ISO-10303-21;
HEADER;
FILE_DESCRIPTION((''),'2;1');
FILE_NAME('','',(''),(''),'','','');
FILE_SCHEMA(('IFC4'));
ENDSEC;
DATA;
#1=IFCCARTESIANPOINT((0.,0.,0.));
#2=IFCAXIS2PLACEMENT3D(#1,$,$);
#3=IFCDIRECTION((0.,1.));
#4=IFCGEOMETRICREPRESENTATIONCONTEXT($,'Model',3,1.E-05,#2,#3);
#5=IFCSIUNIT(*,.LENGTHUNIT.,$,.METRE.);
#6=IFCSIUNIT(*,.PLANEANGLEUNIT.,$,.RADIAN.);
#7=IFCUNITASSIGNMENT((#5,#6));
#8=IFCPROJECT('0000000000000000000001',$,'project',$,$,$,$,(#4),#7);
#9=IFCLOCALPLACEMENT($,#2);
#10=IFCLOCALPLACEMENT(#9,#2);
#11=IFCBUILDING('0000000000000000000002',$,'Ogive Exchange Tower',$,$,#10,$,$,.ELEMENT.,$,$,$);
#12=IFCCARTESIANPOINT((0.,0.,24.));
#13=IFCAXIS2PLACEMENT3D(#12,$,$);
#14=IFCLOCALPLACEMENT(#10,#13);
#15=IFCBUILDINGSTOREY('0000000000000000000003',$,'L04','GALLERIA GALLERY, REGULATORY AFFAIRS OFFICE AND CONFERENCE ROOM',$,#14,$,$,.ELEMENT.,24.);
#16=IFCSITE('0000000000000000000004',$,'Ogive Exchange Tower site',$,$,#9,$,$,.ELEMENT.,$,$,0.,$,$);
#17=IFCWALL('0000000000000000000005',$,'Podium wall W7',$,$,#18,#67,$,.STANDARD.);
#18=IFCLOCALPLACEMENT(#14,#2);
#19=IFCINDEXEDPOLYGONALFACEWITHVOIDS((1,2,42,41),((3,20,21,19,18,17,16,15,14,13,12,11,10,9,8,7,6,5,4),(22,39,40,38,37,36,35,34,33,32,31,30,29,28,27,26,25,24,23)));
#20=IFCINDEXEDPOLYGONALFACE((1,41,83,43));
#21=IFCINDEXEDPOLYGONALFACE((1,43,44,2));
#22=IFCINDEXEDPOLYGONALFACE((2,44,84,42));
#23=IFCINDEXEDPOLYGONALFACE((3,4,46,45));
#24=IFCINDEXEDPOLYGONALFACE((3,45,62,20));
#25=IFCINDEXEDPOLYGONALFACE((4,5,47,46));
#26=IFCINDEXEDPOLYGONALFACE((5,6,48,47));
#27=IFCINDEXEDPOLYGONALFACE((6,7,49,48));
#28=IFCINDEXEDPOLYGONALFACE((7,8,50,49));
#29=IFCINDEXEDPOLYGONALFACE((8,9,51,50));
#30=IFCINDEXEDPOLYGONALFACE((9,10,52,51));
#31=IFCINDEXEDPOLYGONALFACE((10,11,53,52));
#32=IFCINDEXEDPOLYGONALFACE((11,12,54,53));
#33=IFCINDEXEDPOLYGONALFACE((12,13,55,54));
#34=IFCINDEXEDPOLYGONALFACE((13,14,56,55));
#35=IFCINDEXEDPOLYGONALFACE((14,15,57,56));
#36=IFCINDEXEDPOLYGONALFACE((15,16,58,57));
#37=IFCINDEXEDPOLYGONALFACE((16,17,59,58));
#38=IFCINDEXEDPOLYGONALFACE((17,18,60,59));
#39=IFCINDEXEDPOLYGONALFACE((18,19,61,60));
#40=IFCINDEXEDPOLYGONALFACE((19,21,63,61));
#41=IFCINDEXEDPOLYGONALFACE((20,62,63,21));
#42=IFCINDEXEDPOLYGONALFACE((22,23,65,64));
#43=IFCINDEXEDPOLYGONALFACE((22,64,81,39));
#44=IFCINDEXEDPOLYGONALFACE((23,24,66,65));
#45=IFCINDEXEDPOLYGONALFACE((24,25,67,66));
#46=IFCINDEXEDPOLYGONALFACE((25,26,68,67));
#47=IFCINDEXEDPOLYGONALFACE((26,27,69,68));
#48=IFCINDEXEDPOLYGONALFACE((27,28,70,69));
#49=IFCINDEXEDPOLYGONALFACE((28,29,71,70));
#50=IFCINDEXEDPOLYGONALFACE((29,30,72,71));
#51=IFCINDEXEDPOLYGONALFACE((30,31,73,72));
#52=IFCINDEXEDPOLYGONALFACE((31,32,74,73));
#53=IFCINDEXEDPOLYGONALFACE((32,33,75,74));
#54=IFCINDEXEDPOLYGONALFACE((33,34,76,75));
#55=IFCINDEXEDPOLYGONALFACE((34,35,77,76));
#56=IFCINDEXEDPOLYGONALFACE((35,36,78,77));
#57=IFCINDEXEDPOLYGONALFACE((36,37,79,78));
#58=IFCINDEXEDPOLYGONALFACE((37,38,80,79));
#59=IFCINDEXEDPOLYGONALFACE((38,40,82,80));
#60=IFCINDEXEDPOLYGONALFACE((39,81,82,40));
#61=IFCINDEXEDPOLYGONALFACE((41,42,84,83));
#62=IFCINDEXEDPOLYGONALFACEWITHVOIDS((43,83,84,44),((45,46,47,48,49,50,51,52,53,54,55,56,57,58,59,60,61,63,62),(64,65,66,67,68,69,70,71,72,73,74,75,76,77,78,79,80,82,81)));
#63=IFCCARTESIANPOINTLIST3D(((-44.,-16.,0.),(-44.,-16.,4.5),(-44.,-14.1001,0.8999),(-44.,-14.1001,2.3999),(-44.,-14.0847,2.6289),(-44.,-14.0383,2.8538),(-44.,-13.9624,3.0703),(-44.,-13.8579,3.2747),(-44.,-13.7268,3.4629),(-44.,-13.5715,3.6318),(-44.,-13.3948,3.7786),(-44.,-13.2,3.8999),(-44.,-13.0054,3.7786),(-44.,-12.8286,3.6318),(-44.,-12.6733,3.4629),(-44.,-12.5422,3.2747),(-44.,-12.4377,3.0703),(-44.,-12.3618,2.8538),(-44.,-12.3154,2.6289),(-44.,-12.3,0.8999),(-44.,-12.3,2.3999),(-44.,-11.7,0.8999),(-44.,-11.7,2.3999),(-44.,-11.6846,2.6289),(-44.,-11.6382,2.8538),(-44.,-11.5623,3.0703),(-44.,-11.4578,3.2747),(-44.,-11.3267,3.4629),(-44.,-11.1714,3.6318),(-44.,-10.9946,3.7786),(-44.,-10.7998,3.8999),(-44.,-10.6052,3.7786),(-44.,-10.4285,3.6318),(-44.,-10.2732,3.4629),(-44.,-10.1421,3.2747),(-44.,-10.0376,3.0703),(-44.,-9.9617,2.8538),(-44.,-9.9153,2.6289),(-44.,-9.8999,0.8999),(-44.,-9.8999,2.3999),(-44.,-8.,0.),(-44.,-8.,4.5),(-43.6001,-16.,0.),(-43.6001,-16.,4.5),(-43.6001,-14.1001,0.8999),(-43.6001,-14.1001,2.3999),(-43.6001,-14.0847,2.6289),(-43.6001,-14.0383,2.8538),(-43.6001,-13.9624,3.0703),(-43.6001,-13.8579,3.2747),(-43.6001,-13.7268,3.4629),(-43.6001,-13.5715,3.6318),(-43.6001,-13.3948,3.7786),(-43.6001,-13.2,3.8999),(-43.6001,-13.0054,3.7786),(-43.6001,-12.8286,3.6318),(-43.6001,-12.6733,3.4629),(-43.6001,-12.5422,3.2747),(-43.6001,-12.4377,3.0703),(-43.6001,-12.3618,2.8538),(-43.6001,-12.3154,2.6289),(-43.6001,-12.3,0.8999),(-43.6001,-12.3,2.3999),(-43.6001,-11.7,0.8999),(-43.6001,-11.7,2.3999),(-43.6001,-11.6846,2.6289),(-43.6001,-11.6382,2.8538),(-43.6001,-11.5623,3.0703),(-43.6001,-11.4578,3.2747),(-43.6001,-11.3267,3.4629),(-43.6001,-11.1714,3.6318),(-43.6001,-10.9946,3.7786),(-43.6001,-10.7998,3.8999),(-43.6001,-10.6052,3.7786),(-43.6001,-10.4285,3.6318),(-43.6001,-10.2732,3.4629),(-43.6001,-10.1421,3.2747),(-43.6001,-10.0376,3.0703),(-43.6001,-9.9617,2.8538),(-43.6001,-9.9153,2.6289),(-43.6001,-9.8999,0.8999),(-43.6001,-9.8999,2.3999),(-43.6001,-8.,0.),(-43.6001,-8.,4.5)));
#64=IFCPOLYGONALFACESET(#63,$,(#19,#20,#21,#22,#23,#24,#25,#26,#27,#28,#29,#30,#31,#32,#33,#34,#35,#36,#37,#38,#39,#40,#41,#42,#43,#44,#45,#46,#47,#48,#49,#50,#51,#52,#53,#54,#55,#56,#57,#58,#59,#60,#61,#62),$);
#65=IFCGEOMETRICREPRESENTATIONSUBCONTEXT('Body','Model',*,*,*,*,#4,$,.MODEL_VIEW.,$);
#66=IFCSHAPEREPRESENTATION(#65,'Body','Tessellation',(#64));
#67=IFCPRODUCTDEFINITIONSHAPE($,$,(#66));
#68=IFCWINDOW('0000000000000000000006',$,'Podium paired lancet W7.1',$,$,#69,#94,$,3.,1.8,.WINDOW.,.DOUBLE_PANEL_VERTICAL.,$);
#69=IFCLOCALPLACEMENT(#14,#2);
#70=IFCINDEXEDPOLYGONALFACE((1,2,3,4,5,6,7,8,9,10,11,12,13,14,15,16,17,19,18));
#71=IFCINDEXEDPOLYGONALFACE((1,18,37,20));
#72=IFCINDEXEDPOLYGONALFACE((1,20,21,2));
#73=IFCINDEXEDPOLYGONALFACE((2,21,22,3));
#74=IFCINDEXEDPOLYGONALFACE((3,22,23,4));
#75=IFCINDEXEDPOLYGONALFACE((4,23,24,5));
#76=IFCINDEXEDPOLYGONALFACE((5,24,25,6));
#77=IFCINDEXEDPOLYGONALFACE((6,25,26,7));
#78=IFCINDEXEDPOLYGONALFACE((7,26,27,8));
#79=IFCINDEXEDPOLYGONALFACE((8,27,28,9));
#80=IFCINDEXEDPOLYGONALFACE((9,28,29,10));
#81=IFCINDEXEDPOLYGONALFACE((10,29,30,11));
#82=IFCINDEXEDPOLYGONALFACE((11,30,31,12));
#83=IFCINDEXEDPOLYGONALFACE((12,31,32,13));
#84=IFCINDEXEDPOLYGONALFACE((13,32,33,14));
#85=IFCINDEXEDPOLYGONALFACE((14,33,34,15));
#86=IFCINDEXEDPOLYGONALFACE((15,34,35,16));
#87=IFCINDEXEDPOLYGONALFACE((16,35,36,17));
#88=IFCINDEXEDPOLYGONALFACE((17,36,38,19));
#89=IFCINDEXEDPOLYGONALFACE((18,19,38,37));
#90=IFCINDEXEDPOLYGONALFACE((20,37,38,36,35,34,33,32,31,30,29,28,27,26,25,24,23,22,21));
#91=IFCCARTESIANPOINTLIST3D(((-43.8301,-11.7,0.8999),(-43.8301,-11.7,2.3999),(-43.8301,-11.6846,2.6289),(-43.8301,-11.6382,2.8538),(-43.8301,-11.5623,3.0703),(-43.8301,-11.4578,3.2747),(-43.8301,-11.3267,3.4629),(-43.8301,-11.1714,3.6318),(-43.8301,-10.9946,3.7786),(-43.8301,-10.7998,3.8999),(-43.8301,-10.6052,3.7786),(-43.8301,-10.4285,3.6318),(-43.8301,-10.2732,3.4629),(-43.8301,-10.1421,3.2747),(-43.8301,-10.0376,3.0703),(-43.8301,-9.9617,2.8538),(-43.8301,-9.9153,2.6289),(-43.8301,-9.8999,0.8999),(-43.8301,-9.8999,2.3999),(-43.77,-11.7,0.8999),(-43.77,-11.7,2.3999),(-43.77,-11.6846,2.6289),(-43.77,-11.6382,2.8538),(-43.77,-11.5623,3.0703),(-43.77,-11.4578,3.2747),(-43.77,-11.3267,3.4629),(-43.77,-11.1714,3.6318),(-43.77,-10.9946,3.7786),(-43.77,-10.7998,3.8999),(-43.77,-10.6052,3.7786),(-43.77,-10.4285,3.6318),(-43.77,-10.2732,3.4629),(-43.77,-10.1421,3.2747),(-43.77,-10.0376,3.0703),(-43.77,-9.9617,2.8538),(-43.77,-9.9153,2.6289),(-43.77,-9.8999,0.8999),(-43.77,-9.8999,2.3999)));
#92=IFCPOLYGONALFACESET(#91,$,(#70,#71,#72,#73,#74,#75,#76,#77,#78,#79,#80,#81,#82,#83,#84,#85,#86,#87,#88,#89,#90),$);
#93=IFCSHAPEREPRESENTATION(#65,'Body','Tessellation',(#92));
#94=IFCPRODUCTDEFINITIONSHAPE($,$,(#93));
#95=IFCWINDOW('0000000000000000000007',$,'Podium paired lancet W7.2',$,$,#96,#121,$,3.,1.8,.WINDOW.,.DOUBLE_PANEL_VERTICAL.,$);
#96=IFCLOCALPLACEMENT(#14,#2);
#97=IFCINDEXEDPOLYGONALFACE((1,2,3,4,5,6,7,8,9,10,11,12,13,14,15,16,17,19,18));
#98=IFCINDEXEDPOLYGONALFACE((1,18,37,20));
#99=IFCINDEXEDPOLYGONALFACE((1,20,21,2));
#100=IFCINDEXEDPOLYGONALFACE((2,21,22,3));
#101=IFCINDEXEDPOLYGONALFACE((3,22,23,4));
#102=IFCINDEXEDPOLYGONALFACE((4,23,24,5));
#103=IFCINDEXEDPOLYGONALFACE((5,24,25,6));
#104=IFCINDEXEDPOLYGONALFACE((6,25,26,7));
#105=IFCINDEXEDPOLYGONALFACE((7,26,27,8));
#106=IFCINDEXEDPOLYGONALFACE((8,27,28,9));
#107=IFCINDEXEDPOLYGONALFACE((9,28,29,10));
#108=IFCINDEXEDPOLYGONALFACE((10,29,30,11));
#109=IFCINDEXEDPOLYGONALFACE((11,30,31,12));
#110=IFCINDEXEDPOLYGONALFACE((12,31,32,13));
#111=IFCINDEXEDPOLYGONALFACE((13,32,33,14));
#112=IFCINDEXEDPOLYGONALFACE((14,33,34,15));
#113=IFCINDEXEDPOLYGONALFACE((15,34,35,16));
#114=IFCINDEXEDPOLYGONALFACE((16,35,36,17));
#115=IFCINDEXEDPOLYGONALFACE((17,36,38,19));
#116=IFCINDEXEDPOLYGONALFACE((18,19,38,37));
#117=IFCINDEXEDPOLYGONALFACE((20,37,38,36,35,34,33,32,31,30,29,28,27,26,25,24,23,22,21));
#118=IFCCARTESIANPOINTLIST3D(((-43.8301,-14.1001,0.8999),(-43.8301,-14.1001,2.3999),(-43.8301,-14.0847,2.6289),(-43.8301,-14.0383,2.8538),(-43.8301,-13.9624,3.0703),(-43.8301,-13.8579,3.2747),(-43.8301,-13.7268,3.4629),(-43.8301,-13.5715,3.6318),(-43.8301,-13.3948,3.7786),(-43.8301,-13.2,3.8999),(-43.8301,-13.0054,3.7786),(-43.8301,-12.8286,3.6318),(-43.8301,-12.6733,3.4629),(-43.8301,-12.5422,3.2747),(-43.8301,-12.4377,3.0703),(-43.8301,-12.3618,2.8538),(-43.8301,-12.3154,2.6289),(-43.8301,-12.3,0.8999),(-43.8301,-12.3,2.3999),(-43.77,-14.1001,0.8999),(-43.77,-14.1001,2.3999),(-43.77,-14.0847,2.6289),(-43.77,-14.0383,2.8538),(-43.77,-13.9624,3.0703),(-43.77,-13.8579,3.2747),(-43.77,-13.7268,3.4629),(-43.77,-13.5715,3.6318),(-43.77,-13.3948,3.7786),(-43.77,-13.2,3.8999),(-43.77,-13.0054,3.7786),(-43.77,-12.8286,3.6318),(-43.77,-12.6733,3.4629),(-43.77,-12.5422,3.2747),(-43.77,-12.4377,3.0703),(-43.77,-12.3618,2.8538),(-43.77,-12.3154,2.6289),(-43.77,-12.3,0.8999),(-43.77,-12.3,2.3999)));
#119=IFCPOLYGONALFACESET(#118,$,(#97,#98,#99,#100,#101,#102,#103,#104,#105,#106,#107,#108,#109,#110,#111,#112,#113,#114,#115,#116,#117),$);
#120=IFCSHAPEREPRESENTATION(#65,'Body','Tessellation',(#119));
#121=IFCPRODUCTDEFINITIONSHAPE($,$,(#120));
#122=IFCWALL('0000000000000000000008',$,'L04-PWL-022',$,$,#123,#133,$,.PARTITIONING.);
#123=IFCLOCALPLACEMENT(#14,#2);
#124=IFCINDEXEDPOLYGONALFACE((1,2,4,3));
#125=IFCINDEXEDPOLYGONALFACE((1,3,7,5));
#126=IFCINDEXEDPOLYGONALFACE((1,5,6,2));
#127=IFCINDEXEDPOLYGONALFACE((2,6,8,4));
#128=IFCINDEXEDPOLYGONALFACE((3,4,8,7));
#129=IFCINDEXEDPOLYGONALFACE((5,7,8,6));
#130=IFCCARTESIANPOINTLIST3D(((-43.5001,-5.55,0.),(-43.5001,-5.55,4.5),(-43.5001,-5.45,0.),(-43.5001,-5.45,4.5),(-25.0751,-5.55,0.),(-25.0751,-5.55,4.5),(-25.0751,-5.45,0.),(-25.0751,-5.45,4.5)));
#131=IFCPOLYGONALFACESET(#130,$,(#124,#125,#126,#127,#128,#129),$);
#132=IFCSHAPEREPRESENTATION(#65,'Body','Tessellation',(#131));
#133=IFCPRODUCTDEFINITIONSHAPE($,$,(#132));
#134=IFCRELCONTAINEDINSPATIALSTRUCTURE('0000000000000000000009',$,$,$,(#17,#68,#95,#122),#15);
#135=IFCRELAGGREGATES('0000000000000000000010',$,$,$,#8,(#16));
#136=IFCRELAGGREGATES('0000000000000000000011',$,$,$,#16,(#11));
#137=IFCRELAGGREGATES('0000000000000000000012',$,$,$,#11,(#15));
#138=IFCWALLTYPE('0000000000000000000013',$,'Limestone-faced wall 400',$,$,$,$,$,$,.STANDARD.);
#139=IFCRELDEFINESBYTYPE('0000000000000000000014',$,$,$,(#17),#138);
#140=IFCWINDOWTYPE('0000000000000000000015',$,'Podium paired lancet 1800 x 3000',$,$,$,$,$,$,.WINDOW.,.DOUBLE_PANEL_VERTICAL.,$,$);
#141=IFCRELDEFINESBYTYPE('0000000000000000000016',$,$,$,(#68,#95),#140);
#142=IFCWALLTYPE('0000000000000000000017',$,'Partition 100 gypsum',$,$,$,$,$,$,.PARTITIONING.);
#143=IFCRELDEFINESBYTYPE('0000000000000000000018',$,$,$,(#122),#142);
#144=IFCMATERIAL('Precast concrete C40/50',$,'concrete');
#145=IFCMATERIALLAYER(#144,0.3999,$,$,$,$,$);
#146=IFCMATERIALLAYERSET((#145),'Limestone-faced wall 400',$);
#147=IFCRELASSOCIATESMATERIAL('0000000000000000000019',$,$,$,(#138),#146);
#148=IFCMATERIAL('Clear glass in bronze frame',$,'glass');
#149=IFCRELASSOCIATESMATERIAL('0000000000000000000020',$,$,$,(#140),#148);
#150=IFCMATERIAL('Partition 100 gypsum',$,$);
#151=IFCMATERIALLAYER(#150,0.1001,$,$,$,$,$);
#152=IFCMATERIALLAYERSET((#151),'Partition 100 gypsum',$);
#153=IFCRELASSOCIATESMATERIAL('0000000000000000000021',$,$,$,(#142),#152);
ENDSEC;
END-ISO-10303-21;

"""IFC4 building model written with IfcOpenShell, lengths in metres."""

from ifc_helpers import new_model, si_unit, direction, frame, frame_2d, origin, place, context, subcontext, project, spatial, polyline, rectangle, outline, extrude, material, layer, layer_set, type_object, element, fill, save


model = new_model("IFC4")

# Units and contexts
model_context = context("Model", 3, precision=1e-05, world=origin(), true_north=direction((0.0, 1.0)))
body_context = subcontext(model_context, "Body", "Model", "MODEL_VIEW")
ifc_project = project(units=[si_unit("LENGTHUNIT", "METRE"), si_unit("PLANEANGLEUNIT", "RADIAN")], contexts=[model_context])

# Site, building, storey
site_placement = place(None, origin())
site = spatial("IfcSite", under=ifc_project, at=site_placement, Name="Ogive Exchange Tower site", CompositionType="ELEMENT", RefElevation=0.0)
building_placement = place(site_placement, origin())
building = spatial("IfcBuilding", under=site, at=building_placement, Name="Ogive Exchange Tower", CompositionType="ELEMENT")
storey_placement = place(building_placement, frame((0.0, 0.0, 24.0)))
storey = spatial("IfcBuildingStorey", under=building, at=storey_placement, Name="L04", Description="GALLERIA GALLERY, REGULATORY AFFAIRS OFFICE AND CONFERENCE ROOM", CompositionType="ELEMENT", Elevation=24.0)

# Shared definitions
ifc_material_1 = material(Name="Precast concrete C40/50", Category="concrete")
ifc_layer_1 = layer(ifc_material_1, 0.3999)
ifc_layer_set_1 = layer_set([ifc_layer_1], Name="Limestone-faced wall 400")
wall_type_1 = type_object("IfcWallType", Name="Limestone-faced wall 400", PredefinedType="STANDARD", material=ifc_layer_set_1)
ifc_material_2 = material(Name="Clear glass in bronze frame", Category="glass")

# Wall, openings, windows
wall_1_placement = place(storey_placement, frame((-43.8, -8.0, 0.0), z_axis=(0.0, 0.0, 1.0), x_axis=(0.0, -1.0, 0.0)))
wall_1 = element("IfcWall", 1, at=wall_1_placement, inside=storey, type_object=wall_type_1, Name="Podium wall W7", PredefinedType="STANDARD", context=body_context, shape_type="SweptSolid", body=[
    extrude(rectangle(XDim=8.0, YDim=0.3999, at=frame_2d((4.0, 0.0))), origin(), (0.0, 0.0, 1.0), 4.5),
])
opening_1_placement = place(wall_1_placement, frame((1.8999, 0.0, 0.8999)))
opening_1 = element("IfcOpeningElement", 2, at=opening_1_placement, cuts=wall_1, PredefinedType="OPENING", context=body_context, shape_type="SweptSolid", body=[
    extrude(outline(polyline([(0.0, 0.0), (1.8, 0.0), (1.8, 1.5), (1.7847, 1.729), (1.7383, 1.9539), (1.6624, 2.1704), (1.5579, 2.3748), (1.4268, 2.563), (1.2715, 2.7319), (1.0947, 2.8787), (0.8999, 3.0), (0.7053, 2.8787), (0.5286, 2.7319), (0.3733, 2.563), (0.2422, 2.3748), (0.1377, 2.1704), (0.0618, 1.9539), (0.0154, 1.729), (0.0, 1.5), (0.0, 0.0)])), frame((0.0, 0.21, 0.0), z_axis=(0.0, -1.0, 0.0), x_axis=(1.0, 0.0, 0.0)), (0.0, 0.0, 1.0), 0.4199),
])
opening_2_placement = place(wall_1_placement, frame((4.3, 0.0, 0.8999)))
opening_2 = element("IfcOpeningElement", 3, at=opening_2_placement, cuts=wall_1, PredefinedType="OPENING", context=body_context, shape_type="SweptSolid", body=[
    extrude(outline(polyline([(0.0, 0.0), (1.8, 0.0), (1.8, 1.5), (1.7847, 1.729), (1.7383, 1.9539), (1.6624, 2.1704), (1.5579, 2.3748), (1.4268, 2.563), (1.2715, 2.7319), (1.0947, 2.8787), (0.8999, 3.0), (0.7053, 2.8787), (0.5286, 2.7319), (0.3733, 2.563), (0.2422, 2.3748), (0.1377, 2.1704), (0.0618, 1.9539), (0.0154, 1.729), (0.0, 1.5), (0.0, 0.0)])), frame((0.0, 0.21, 0.0), z_axis=(0.0, -1.0, 0.0), x_axis=(1.0, 0.0, 0.0)), (0.0, 0.0, 1.0), 0.4199),
])
window_type_1 = type_object("IfcWindowType", Name="Podium paired lancet 1800 x 3000", PartitioningType="DOUBLE_PANEL_VERTICAL", PredefinedType="WINDOW", material=ifc_material_2)
window_1_placement = place(opening_1_placement, origin())
window_1 = element("IfcWindow", 4, at=window_1_placement, inside=storey, type_object=window_type_1, Name="Podium paired lancet W7.1", OverallHeight=3.0, OverallWidth=1.8, PartitioningType="DOUBLE_PANEL_VERTICAL", PredefinedType="WINDOW", context=body_context, shape_type="SweptSolid", body=[
    extrude(outline(polyline([(0.0, 0.0), (1.8, 0.0), (1.8, 1.5), (1.7847, 1.729), (1.7383, 1.9539), (1.6624, 2.1704), (1.5579, 2.3748), (1.4268, 2.563), (1.2715, 2.7319), (1.0947, 2.8787), (0.8999, 3.0), (0.7053, 2.8787), (0.5286, 2.7319), (0.3733, 2.563), (0.2422, 2.3748), (0.1377, 2.1704), (0.0618, 1.9539), (0.0154, 1.729), (0.0, 1.5), (0.0, 0.0)])), frame((0.0, 0.03, 0.0), z_axis=(0.0, -1.0, 0.0), x_axis=(1.0, 0.0, 0.0)), (0.0, 0.0, 1.0), 0.0601),
])
fill(opening_1, window_1)
window_2_placement = place(opening_2_placement, origin())
window_2 = element("IfcWindow", 5, at=window_2_placement, inside=storey, type_object=window_type_1, Name="Podium paired lancet W7.2", OverallHeight=3.0, OverallWidth=1.8, PartitioningType="DOUBLE_PANEL_VERTICAL", PredefinedType="WINDOW", context=body_context, shape_type="SweptSolid", body=[
    extrude(outline(polyline([(0.0, 0.0), (1.8, 0.0), (1.8, 1.5), (1.7847, 1.729), (1.7383, 1.9539), (1.6624, 2.1704), (1.5579, 2.3748), (1.4268, 2.563), (1.2715, 2.7319), (1.0947, 2.8787), (0.8999, 3.0), (0.7053, 2.8787), (0.5286, 2.7319), (0.3733, 2.563), (0.2422, 2.3748), (0.1377, 2.1704), (0.0618, 1.9539), (0.0154, 1.729), (0.0, 1.5), (0.0, 0.0)])), frame((0.0, 0.03, 0.0), z_axis=(0.0, -1.0, 0.0), x_axis=(1.0, 0.0, 0.0)), (0.0, 0.0, 1.0), 0.0601),
])
fill(opening_2, window_2)

# Wall
ifc_material_3 = material(Name="Partition 100 gypsum")
ifc_layer_2 = layer(ifc_material_3, 0.1001)
ifc_layer_set_2 = layer_set([ifc_layer_2], Name="Partition 100 gypsum")
wall_type_2 = type_object("IfcWallType", Name="Partition 100 gypsum", PredefinedType="PARTITIONING", material=ifc_layer_set_2)
wall_2_placement = place(storey_placement, frame((-43.5, -5.5, 0.0), z_axis=(0.0, 0.0, 1.0), x_axis=(1.0, 0.0, 0.0)))
element("IfcWall", 6, at=wall_2_placement, inside=storey, type_object=wall_type_2, Name="L04-PWL-022", PredefinedType="PARTITIONING", context=body_context, shape_type="SweptSolid", body=[
    extrude(rectangle(XDim=18.425, YDim=0.1001, at=frame_2d((9.2124, 0.0))), origin(), (0.0, 0.0, 1.0), 4.5),
])

save(model, "model.ifc")
